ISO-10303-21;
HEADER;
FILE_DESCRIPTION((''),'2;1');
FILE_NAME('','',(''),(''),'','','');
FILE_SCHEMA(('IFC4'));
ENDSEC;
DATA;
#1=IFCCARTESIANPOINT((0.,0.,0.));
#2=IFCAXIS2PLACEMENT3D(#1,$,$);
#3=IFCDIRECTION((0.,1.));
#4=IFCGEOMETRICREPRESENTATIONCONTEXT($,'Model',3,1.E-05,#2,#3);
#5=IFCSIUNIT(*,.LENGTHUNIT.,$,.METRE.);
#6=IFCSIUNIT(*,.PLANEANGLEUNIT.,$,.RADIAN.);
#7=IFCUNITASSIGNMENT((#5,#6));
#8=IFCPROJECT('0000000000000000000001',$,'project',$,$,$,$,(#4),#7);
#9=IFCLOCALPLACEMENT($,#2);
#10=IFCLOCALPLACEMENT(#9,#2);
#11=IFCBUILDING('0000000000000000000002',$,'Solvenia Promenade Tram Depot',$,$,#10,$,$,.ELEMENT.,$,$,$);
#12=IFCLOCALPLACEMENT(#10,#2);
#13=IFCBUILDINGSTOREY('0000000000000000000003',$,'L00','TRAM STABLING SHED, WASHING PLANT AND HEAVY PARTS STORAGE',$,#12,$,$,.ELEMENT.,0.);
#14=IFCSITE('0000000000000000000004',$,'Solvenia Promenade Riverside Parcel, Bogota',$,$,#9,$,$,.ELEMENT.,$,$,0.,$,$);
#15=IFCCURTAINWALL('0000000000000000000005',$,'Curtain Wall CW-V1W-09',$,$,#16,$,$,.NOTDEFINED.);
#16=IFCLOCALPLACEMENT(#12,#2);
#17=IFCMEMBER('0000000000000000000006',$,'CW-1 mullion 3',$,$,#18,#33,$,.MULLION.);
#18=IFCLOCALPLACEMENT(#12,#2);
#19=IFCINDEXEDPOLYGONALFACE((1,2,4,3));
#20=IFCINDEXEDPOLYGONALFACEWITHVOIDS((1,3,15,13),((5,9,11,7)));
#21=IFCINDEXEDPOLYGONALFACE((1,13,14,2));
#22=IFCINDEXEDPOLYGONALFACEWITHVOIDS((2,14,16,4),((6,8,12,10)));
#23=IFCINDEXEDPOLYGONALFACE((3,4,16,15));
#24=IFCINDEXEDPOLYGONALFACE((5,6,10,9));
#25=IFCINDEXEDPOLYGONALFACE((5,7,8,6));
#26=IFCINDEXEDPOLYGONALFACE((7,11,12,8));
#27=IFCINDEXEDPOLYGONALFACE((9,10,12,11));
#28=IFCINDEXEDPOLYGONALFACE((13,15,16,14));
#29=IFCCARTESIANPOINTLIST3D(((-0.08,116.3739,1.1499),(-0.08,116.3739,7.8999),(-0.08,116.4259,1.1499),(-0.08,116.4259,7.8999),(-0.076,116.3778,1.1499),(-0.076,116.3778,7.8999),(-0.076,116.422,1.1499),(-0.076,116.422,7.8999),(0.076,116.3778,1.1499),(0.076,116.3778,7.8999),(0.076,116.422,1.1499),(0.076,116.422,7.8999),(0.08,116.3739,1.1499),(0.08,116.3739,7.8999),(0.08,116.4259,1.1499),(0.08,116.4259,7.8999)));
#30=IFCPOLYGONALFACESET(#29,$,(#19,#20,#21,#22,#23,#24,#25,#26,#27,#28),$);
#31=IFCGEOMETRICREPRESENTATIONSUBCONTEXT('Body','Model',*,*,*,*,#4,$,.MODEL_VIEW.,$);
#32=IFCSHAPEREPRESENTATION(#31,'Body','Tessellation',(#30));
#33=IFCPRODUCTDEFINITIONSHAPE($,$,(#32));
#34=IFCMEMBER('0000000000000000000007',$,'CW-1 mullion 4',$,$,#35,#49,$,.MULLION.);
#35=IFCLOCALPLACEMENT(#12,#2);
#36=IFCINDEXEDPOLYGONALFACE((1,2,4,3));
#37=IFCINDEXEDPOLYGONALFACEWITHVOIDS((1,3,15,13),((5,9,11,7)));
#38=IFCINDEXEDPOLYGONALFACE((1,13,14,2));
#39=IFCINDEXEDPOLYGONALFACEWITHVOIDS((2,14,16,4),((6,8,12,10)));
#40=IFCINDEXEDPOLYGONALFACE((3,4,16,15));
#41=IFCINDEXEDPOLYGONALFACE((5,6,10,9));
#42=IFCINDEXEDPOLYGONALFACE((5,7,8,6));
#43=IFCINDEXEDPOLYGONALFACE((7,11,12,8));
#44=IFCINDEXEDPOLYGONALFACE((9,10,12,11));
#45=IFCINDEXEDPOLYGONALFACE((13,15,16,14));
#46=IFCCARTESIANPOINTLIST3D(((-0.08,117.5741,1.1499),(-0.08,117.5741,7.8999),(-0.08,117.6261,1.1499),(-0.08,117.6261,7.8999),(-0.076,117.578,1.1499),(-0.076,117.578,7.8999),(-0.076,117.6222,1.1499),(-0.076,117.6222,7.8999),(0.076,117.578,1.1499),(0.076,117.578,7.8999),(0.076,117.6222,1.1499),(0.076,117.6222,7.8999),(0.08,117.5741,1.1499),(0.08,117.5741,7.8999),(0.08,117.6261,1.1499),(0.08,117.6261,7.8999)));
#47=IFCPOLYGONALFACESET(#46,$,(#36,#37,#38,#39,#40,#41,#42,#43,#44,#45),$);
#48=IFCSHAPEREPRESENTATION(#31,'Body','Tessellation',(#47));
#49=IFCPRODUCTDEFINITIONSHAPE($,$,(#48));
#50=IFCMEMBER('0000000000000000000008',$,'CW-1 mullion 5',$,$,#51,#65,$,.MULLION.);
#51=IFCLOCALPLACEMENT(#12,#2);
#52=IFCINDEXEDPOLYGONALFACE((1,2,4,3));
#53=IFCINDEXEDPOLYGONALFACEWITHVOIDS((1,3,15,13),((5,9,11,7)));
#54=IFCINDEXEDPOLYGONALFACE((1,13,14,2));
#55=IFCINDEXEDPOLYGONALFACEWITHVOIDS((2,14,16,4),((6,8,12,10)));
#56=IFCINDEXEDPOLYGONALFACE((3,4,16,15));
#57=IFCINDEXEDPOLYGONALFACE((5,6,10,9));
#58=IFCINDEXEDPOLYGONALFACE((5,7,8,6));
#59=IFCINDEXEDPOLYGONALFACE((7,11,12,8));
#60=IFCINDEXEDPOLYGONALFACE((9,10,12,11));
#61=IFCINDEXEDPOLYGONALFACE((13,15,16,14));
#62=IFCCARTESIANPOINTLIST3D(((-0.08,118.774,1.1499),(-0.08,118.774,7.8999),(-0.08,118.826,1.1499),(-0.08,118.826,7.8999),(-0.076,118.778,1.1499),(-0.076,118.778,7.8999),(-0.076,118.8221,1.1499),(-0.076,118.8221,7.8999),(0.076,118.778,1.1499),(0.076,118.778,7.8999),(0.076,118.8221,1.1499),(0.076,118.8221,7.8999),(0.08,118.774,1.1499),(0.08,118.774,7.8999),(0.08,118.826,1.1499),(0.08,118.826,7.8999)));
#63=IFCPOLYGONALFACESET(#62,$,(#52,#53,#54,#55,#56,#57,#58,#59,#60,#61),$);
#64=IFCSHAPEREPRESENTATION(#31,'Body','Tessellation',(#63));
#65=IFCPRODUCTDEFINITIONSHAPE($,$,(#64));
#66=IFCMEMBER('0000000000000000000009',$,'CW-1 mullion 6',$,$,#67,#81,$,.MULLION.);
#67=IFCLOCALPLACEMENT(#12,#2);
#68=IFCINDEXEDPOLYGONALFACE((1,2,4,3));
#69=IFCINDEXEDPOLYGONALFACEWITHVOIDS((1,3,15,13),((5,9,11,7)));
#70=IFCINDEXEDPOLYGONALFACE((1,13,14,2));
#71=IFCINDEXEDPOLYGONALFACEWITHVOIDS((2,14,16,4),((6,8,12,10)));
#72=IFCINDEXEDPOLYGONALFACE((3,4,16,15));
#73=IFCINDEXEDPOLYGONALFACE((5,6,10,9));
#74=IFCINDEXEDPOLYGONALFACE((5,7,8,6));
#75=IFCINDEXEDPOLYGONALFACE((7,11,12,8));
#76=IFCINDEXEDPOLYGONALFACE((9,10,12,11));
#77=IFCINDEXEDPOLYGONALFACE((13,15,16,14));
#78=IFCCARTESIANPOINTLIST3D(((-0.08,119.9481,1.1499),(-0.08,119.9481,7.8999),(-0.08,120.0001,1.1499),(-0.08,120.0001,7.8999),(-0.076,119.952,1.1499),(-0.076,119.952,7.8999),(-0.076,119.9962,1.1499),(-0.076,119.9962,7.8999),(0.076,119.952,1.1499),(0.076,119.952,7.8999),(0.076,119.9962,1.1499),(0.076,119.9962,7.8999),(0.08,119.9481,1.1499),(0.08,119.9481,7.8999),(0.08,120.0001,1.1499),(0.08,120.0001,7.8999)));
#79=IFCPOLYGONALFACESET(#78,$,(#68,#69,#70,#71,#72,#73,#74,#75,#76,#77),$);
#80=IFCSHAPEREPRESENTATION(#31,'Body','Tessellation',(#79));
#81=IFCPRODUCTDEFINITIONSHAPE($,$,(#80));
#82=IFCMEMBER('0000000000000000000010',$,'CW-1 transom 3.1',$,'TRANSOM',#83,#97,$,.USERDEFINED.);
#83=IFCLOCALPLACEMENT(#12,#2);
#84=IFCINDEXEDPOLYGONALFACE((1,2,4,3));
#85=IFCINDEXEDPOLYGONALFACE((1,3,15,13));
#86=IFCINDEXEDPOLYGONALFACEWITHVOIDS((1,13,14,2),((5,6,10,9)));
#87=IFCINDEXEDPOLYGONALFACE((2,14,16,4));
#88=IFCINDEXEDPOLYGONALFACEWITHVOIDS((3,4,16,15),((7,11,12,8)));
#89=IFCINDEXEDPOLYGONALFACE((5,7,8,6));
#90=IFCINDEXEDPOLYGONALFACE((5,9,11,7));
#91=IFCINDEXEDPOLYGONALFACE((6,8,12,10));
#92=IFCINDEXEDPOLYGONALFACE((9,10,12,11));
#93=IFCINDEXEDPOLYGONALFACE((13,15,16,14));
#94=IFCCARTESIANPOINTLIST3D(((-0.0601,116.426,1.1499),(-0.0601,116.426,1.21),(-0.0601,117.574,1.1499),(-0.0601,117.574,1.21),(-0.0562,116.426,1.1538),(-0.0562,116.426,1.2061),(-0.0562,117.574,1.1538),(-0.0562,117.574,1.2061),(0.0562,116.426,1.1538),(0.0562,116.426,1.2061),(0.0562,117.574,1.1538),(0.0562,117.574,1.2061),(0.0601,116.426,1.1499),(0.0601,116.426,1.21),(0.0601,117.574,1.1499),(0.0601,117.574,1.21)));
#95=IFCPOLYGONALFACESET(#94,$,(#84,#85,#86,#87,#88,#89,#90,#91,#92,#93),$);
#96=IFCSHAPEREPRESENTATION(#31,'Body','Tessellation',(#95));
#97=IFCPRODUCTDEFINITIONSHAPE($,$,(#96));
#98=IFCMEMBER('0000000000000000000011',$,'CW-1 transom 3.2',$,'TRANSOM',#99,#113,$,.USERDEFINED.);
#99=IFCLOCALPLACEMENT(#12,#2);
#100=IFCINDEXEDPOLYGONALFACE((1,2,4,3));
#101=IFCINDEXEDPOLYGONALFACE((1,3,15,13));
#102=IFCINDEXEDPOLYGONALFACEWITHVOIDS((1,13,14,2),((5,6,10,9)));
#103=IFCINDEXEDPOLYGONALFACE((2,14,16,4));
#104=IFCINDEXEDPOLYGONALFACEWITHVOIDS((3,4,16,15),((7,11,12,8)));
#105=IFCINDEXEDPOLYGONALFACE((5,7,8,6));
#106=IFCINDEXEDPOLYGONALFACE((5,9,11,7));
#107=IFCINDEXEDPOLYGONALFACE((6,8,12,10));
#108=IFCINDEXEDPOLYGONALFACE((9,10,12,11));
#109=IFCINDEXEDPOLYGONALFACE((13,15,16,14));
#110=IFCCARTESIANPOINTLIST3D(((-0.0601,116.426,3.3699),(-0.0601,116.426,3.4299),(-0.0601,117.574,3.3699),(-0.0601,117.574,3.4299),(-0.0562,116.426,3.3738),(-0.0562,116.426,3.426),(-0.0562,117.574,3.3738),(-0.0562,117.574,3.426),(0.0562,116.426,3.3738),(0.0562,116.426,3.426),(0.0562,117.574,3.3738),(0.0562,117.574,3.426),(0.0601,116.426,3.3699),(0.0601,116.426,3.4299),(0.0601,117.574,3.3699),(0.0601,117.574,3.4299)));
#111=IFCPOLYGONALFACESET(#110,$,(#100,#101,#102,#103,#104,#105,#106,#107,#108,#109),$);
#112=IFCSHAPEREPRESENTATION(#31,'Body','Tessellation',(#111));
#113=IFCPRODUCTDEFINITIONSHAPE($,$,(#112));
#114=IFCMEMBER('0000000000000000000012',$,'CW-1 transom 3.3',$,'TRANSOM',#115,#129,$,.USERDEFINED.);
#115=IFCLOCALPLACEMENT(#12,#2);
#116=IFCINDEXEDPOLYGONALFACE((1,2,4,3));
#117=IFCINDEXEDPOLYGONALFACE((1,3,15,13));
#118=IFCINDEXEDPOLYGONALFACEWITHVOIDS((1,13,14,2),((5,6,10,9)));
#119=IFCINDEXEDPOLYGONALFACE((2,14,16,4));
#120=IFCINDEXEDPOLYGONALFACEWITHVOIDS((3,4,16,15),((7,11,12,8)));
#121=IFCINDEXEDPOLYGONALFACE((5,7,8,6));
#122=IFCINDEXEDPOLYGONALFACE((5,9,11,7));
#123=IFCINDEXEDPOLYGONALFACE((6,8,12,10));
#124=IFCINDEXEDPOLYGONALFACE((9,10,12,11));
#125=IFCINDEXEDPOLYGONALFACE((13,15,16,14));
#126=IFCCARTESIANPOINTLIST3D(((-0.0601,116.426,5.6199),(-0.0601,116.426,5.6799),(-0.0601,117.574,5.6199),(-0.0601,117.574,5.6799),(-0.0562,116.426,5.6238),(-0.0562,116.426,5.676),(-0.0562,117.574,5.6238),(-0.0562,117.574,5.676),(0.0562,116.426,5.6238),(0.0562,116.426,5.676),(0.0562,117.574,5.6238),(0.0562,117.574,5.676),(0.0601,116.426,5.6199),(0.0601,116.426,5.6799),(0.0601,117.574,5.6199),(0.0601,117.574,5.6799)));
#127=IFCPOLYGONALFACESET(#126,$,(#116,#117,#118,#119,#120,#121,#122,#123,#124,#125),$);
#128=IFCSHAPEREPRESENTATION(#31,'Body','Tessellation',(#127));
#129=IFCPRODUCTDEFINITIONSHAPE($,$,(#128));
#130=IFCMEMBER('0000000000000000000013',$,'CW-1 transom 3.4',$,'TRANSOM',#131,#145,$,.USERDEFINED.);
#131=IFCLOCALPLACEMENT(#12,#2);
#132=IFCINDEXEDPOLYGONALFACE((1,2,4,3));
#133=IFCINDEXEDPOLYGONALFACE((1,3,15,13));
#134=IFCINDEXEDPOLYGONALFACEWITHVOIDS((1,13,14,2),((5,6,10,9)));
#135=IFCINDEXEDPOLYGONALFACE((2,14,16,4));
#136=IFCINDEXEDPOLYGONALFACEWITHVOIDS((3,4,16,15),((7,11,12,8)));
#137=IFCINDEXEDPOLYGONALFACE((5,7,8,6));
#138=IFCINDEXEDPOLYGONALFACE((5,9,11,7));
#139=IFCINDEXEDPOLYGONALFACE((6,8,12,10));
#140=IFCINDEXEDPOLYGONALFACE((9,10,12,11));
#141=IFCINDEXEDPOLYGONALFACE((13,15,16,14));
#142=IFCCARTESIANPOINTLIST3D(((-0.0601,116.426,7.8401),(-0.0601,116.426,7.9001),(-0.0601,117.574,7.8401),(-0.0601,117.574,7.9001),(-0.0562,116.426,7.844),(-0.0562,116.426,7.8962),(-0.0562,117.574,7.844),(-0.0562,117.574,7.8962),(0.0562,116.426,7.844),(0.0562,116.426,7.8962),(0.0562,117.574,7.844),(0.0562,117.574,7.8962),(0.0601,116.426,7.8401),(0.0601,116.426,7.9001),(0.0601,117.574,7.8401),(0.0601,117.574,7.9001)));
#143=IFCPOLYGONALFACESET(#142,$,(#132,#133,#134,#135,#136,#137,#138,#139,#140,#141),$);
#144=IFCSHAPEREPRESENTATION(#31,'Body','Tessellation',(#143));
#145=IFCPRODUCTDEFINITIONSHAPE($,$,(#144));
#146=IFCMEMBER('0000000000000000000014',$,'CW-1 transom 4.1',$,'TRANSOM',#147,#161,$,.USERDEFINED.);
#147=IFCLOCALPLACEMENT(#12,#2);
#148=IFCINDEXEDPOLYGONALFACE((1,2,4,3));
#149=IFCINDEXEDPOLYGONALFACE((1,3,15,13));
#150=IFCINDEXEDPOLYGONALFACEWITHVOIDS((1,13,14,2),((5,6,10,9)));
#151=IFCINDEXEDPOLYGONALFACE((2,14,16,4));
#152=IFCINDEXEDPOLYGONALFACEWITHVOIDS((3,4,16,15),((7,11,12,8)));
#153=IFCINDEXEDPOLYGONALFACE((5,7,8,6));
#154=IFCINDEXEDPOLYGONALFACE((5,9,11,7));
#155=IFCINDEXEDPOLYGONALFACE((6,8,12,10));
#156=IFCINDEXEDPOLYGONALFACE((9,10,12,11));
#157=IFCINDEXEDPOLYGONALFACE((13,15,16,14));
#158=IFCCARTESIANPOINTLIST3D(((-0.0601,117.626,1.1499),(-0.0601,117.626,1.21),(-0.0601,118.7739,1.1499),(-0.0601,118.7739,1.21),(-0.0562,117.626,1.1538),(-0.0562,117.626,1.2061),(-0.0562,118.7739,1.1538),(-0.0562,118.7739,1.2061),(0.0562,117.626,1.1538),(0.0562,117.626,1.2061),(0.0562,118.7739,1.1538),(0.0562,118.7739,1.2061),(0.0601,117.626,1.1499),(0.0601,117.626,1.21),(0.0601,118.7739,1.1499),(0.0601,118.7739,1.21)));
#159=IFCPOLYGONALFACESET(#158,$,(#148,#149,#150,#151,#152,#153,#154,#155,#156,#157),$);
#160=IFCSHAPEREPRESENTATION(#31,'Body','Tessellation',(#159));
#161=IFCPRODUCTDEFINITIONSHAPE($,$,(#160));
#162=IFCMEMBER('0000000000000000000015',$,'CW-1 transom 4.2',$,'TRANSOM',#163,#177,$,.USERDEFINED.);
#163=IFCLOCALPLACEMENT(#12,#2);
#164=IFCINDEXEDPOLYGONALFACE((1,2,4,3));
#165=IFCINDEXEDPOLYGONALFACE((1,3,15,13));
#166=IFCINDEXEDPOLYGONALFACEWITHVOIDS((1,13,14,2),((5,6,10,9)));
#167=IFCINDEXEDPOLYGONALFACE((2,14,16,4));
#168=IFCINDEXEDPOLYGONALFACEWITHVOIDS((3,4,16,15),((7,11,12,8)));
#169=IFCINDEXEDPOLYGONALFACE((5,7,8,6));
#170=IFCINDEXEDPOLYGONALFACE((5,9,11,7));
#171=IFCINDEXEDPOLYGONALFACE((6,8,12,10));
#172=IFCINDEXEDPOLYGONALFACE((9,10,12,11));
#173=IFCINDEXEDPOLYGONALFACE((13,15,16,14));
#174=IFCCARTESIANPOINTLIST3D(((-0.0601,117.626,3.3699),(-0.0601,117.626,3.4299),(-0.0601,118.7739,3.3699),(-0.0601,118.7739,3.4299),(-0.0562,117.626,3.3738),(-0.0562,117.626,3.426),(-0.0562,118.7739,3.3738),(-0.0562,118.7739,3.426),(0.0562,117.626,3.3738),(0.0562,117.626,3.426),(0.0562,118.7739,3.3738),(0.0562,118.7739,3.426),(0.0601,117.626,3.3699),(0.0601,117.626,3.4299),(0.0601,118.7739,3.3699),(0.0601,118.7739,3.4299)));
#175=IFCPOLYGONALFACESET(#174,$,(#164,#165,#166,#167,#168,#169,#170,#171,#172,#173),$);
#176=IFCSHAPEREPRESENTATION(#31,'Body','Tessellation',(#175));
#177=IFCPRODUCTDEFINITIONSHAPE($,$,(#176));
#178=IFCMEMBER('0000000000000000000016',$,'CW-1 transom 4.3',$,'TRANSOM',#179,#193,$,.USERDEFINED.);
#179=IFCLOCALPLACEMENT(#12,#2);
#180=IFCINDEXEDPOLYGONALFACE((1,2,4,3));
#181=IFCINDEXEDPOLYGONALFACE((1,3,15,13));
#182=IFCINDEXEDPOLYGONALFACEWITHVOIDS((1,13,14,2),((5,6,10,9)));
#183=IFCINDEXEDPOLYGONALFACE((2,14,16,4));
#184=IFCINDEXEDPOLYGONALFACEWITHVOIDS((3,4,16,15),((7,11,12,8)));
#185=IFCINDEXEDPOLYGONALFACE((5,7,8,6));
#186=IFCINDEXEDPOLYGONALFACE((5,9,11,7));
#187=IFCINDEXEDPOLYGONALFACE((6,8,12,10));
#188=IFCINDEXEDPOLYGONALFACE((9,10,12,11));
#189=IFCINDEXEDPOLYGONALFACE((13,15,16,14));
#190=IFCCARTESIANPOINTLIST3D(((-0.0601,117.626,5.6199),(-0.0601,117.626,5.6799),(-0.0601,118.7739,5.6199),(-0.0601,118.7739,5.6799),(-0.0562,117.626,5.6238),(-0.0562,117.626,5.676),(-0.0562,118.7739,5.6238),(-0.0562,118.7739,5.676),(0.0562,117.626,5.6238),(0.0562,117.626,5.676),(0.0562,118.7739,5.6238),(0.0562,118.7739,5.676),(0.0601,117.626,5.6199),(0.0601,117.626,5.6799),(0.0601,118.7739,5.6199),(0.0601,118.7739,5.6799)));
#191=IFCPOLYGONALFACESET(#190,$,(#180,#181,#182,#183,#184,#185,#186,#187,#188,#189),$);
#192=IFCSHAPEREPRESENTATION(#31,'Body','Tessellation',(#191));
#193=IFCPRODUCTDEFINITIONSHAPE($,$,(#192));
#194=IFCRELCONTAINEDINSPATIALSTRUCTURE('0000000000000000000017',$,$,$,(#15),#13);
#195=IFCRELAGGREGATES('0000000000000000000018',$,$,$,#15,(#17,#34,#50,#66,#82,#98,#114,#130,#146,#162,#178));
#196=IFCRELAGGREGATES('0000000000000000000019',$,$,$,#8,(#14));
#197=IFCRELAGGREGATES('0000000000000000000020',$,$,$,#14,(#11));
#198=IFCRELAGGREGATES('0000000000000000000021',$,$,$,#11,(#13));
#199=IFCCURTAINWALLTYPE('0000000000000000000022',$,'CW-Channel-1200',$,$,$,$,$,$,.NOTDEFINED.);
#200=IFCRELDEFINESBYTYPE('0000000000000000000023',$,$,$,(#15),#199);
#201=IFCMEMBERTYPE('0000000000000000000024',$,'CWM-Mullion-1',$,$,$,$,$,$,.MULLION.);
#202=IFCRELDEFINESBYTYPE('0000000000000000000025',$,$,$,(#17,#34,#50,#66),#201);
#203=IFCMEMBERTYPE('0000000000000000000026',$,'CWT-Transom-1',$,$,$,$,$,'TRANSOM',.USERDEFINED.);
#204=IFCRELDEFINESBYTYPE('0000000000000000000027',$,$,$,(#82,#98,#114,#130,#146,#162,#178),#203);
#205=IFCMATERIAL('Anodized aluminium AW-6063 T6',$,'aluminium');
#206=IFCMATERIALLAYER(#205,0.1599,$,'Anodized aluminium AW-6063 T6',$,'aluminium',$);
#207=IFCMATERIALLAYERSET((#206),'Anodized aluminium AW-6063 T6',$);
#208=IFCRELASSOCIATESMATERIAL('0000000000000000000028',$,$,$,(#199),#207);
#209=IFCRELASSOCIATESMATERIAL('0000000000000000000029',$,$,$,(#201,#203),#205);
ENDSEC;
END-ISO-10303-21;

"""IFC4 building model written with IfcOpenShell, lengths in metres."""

from ifc_helpers import new_model, si_unit, direction, frame, origin, origin_2d, place, context, subcontext, project, spatial, hollow_rectangle, extrude, material, layer, layer_set, material_profile, profile_set, type_object, element, aggregate, save


model = new_model("IFC4")

# Units and contexts
model_context = context("Model", 3, precision=1e-05, world=origin(), true_north=direction((0.0, 1.0)))
body_context = subcontext(model_context, "Body", "Model", "MODEL_VIEW")
ifc_project = project(units=[si_unit("LENGTHUNIT", "METRE"), si_unit("PLANEANGLEUNIT", "RADIAN")], contexts=[model_context])

# Site, building, storey
site_placement = place(None, origin())
site = spatial("IfcSite", under=ifc_project, at=site_placement, Name="Solvenia Promenade Riverside Parcel, Bogota", CompositionType="ELEMENT", RefElevation=0.0)
building_placement = place(site_placement, origin())
building = spatial("IfcBuilding", under=site, at=building_placement, Name="Solvenia Promenade Tram Depot", CompositionType="ELEMENT")
storey_placement = place(building_placement, origin())
storey = spatial("IfcBuildingStorey", under=building, at=storey_placement, Name="L00", Description="TRAM STABLING SHED, WASHING PLANT AND HEAVY PARTS STORAGE", CompositionType="ELEMENT", Elevation=0.0)

# Curtain wall, members
ifc_material_1 = material(Name="Anodized aluminium AW-6063 T6", Category="aluminium")
ifc_layer_1 = layer(ifc_material_1, 0.1599, Name="Anodized aluminium AW-6063 T6", Category="aluminium")
ifc_layer_set_1 = layer_set([ifc_layer_1], Name="Anodized aluminium AW-6063 T6")
curtain_wall_type = type_object("IfcCurtainWallType", Name="CW-Channel-1200", PredefinedType="NOTDEFINED", material=ifc_layer_set_1)
curtain_wall_placement = place(storey_placement, origin())
curtain_wall = element("IfcCurtainWall", 1, at=curtain_wall_placement, inside=storey, type_object=curtain_wall_type, Name="Curtain Wall CW-V1W-09", PredefinedType="NOTDEFINED")
ifc_material_profile_1 = material_profile(ifc_material_1, hollow_rectangle(XDim=0.1599, YDim=0.052, WallThickness=0.0039, at=origin_2d()), Name="ALU-M1", Category="aluminium")
ifc_profile_set_1 = profile_set([ifc_material_profile_1], Name="Anodized aluminium AW-6063 T6")
member_type_1 = type_object("IfcMemberType", Name="CWM-Mullion-1", PredefinedType="MULLION", material=ifc_profile_set_1)
member_1_placement = place(storey_placement, frame((0.0, 116.3999, 1.1499), z_axis=(0.0, 0.0, 1.0), x_axis=(-1.0, 0.0, 0.0)))
member_1 = element("IfcMember", 2, at=member_1_placement, type_object=member_type_1, Name="CW-1 mullion 3", PredefinedType="MULLION", context=body_context, shape_type="SweptSolid", body=[
    extrude(hollow_rectangle(XDim=0.1599, YDim=0.052, WallThickness=0.0039, at=origin_2d()), origin(), (0.0, 0.0, 1.0), 6.75),
])
member_2_placement = place(storey_placement, frame((0.0, 117.6001, 1.1499), z_axis=(0.0, 0.0, 1.0), x_axis=(-1.0, 0.0, 0.0)))
member_2 = element("IfcMember", 3, at=member_2_placement, type_object=member_type_1, Name="CW-1 mullion 4", PredefinedType="MULLION", context=body_context, shape_type="SweptSolid", body=[
    extrude(hollow_rectangle(XDim=0.1599, YDim=0.052, WallThickness=0.0039, at=origin_2d()), origin(), (0.0, 0.0, 1.0), 6.75),
])
member_3_placement = place(storey_placement, frame((0.0, 118.8, 1.1499), z_axis=(0.0, 0.0, 1.0), x_axis=(-1.0, 0.0, 0.0)))
member_3 = element("IfcMember", 4, at=member_3_placement, type_object=member_type_1, Name="CW-1 mullion 5", PredefinedType="MULLION", context=body_context, shape_type="SweptSolid", body=[
    extrude(hollow_rectangle(XDim=0.1599, YDim=0.052, WallThickness=0.0039, at=origin_2d()), origin(), (0.0, 0.0, 1.0), 6.75),
])
member_4_placement = place(storey_placement, frame((0.0, 119.9741, 1.1499), z_axis=(0.0, 0.0, 1.0), x_axis=(-1.0, 0.0, 0.0)))
member_4 = element("IfcMember", 5, at=member_4_placement, type_object=member_type_1, Name="CW-1 mullion 6", PredefinedType="MULLION", context=body_context, shape_type="SweptSolid", body=[
    extrude(hollow_rectangle(XDim=0.1599, YDim=0.052, WallThickness=0.0039, at=origin_2d()), origin(), (0.0, 0.0, 1.0), 6.75),
])
ifc_material_profile_2 = material_profile(ifc_material_1, hollow_rectangle(XDim=0.1201, YDim=0.0601, WallThickness=0.0039, at=origin_2d()), Name="ALU-T1", Category="aluminium")
ifc_profile_set_2 = profile_set([ifc_material_profile_2], Name="Anodized aluminium AW-6063 T6")
member_type_2 = type_object("IfcMemberType", Name="CWT-Transom-1", ElementType="TRANSOM", PredefinedType="USERDEFINED", material=ifc_profile_set_2)
member_5_placement = place(storey_placement, frame((0.0, 116.426, 1.1799), z_axis=(0.0, 1.0, 0.0), x_axis=(-1.0, 0.0, 0.0)))
member_5 = element("IfcMember", 6, at=member_5_placement, type_object=member_type_2, Name="CW-1 transom 3.1", ObjectType="TRANSOM", PredefinedType="USERDEFINED", context=body_context, shape_type="SweptSolid", body=[
    extrude(hollow_rectangle(XDim=0.1201, YDim=0.0601, WallThickness=0.0039, at=origin_2d()), origin(), (0.0, 0.0, 1.0), 1.1479),
])
member_6_placement = place(storey_placement, frame((0.0, 116.426, 3.3999), z_axis=(0.0, 1.0, 0.0), x_axis=(-1.0, 0.0, 0.0)))
member_6 = element("IfcMember", 7, at=member_6_placement, type_object=member_type_2, Name="CW-1 transom 3.2", ObjectType="TRANSOM", PredefinedType="USERDEFINED", context=body_context, shape_type="SweptSolid", body=[
    extrude(hollow_rectangle(XDim=0.1201, YDim=0.0601, WallThickness=0.0039, at=origin_2d()), origin(), (0.0, 0.0, 1.0), 1.1479),
])
member_7_placement = place(storey_placement, frame((0.0, 116.426, 5.6499), z_axis=(0.0, 1.0, 0.0), x_axis=(-1.0, 0.0, 0.0)))
member_7 = element("IfcMember", 8, at=member_7_placement, type_object=member_type_2, Name="CW-1 transom 3.3", ObjectType="TRANSOM", PredefinedType="USERDEFINED", context=body_context, shape_type="SweptSolid", body=[
    extrude(hollow_rectangle(XDim=0.1201, YDim=0.0601, WallThickness=0.0039, at=origin_2d()), origin(), (0.0, 0.0, 1.0), 1.1479),
])
member_8_placement = place(storey_placement, frame((0.0, 116.426, 7.8701), z_axis=(0.0, 1.0, 0.0), x_axis=(-1.0, 0.0, 0.0)))
member_8 = element("IfcMember", 9, at=member_8_placement, type_object=member_type_2, Name="CW-1 transom 3.4", ObjectType="TRANSOM", PredefinedType="USERDEFINED", context=body_context, shape_type="SweptSolid", body=[
    extrude(hollow_rectangle(XDim=0.1201, YDim=0.0601, WallThickness=0.0039, at=origin_2d()), origin(), (0.0, 0.0, 1.0), 1.1479),
])
member_9_placement = place(storey_placement, frame((0.0, 117.626, 1.1799), z_axis=(0.0, 1.0, 0.0), x_axis=(-1.0, 0.0, 0.0)))
member_9 = element("IfcMember", 10, at=member_9_placement, type_object=member_type_2, Name="CW-1 transom 4.1", ObjectType="TRANSOM", PredefinedType="USERDEFINED", context=body_context, shape_type="SweptSolid", body=[
    extrude(hollow_rectangle(XDim=0.1201, YDim=0.0601, WallThickness=0.0039, at=origin_2d()), origin(), (0.0, 0.0, 1.0), 1.1479),
])
member_10_placement = place(storey_placement, frame((0.0, 117.626, 3.3999), z_axis=(0.0, 1.0, 0.0), x_axis=(-1.0, 0.0, 0.0)))
member_10 = element("IfcMember", 11, at=member_10_placement, type_object=member_type_2, Name="CW-1 transom 4.2", ObjectType="TRANSOM", PredefinedType="USERDEFINED", context=body_context, shape_type="SweptSolid", body=[
    extrude(hollow_rectangle(XDim=0.1201, YDim=0.0601, WallThickness=0.0039, at=origin_2d()), origin(), (0.0, 0.0, 1.0), 1.1479),
])
member_11_placement = place(storey_placement, frame((0.0, 117.626, 5.6499), z_axis=(0.0, 1.0, 0.0), x_axis=(-1.0, 0.0, 0.0)))
member_11 = element("IfcMember", 12, at=member_11_placement, type_object=member_type_2, Name="CW-1 transom 4.3", ObjectType="TRANSOM", PredefinedType="USERDEFINED", context=body_context, shape_type="SweptSolid", body=[
    extrude(hollow_rectangle(XDim=0.1201, YDim=0.0601, WallThickness=0.0039, at=origin_2d()), origin(), (0.0, 0.0, 1.0), 1.1479),
])
aggregate(curtain_wall, [member_1, member_2, member_3, member_4, member_5, member_6, member_7, member_8, member_9, member_10, member_11])

save(model, "model.ifc")
